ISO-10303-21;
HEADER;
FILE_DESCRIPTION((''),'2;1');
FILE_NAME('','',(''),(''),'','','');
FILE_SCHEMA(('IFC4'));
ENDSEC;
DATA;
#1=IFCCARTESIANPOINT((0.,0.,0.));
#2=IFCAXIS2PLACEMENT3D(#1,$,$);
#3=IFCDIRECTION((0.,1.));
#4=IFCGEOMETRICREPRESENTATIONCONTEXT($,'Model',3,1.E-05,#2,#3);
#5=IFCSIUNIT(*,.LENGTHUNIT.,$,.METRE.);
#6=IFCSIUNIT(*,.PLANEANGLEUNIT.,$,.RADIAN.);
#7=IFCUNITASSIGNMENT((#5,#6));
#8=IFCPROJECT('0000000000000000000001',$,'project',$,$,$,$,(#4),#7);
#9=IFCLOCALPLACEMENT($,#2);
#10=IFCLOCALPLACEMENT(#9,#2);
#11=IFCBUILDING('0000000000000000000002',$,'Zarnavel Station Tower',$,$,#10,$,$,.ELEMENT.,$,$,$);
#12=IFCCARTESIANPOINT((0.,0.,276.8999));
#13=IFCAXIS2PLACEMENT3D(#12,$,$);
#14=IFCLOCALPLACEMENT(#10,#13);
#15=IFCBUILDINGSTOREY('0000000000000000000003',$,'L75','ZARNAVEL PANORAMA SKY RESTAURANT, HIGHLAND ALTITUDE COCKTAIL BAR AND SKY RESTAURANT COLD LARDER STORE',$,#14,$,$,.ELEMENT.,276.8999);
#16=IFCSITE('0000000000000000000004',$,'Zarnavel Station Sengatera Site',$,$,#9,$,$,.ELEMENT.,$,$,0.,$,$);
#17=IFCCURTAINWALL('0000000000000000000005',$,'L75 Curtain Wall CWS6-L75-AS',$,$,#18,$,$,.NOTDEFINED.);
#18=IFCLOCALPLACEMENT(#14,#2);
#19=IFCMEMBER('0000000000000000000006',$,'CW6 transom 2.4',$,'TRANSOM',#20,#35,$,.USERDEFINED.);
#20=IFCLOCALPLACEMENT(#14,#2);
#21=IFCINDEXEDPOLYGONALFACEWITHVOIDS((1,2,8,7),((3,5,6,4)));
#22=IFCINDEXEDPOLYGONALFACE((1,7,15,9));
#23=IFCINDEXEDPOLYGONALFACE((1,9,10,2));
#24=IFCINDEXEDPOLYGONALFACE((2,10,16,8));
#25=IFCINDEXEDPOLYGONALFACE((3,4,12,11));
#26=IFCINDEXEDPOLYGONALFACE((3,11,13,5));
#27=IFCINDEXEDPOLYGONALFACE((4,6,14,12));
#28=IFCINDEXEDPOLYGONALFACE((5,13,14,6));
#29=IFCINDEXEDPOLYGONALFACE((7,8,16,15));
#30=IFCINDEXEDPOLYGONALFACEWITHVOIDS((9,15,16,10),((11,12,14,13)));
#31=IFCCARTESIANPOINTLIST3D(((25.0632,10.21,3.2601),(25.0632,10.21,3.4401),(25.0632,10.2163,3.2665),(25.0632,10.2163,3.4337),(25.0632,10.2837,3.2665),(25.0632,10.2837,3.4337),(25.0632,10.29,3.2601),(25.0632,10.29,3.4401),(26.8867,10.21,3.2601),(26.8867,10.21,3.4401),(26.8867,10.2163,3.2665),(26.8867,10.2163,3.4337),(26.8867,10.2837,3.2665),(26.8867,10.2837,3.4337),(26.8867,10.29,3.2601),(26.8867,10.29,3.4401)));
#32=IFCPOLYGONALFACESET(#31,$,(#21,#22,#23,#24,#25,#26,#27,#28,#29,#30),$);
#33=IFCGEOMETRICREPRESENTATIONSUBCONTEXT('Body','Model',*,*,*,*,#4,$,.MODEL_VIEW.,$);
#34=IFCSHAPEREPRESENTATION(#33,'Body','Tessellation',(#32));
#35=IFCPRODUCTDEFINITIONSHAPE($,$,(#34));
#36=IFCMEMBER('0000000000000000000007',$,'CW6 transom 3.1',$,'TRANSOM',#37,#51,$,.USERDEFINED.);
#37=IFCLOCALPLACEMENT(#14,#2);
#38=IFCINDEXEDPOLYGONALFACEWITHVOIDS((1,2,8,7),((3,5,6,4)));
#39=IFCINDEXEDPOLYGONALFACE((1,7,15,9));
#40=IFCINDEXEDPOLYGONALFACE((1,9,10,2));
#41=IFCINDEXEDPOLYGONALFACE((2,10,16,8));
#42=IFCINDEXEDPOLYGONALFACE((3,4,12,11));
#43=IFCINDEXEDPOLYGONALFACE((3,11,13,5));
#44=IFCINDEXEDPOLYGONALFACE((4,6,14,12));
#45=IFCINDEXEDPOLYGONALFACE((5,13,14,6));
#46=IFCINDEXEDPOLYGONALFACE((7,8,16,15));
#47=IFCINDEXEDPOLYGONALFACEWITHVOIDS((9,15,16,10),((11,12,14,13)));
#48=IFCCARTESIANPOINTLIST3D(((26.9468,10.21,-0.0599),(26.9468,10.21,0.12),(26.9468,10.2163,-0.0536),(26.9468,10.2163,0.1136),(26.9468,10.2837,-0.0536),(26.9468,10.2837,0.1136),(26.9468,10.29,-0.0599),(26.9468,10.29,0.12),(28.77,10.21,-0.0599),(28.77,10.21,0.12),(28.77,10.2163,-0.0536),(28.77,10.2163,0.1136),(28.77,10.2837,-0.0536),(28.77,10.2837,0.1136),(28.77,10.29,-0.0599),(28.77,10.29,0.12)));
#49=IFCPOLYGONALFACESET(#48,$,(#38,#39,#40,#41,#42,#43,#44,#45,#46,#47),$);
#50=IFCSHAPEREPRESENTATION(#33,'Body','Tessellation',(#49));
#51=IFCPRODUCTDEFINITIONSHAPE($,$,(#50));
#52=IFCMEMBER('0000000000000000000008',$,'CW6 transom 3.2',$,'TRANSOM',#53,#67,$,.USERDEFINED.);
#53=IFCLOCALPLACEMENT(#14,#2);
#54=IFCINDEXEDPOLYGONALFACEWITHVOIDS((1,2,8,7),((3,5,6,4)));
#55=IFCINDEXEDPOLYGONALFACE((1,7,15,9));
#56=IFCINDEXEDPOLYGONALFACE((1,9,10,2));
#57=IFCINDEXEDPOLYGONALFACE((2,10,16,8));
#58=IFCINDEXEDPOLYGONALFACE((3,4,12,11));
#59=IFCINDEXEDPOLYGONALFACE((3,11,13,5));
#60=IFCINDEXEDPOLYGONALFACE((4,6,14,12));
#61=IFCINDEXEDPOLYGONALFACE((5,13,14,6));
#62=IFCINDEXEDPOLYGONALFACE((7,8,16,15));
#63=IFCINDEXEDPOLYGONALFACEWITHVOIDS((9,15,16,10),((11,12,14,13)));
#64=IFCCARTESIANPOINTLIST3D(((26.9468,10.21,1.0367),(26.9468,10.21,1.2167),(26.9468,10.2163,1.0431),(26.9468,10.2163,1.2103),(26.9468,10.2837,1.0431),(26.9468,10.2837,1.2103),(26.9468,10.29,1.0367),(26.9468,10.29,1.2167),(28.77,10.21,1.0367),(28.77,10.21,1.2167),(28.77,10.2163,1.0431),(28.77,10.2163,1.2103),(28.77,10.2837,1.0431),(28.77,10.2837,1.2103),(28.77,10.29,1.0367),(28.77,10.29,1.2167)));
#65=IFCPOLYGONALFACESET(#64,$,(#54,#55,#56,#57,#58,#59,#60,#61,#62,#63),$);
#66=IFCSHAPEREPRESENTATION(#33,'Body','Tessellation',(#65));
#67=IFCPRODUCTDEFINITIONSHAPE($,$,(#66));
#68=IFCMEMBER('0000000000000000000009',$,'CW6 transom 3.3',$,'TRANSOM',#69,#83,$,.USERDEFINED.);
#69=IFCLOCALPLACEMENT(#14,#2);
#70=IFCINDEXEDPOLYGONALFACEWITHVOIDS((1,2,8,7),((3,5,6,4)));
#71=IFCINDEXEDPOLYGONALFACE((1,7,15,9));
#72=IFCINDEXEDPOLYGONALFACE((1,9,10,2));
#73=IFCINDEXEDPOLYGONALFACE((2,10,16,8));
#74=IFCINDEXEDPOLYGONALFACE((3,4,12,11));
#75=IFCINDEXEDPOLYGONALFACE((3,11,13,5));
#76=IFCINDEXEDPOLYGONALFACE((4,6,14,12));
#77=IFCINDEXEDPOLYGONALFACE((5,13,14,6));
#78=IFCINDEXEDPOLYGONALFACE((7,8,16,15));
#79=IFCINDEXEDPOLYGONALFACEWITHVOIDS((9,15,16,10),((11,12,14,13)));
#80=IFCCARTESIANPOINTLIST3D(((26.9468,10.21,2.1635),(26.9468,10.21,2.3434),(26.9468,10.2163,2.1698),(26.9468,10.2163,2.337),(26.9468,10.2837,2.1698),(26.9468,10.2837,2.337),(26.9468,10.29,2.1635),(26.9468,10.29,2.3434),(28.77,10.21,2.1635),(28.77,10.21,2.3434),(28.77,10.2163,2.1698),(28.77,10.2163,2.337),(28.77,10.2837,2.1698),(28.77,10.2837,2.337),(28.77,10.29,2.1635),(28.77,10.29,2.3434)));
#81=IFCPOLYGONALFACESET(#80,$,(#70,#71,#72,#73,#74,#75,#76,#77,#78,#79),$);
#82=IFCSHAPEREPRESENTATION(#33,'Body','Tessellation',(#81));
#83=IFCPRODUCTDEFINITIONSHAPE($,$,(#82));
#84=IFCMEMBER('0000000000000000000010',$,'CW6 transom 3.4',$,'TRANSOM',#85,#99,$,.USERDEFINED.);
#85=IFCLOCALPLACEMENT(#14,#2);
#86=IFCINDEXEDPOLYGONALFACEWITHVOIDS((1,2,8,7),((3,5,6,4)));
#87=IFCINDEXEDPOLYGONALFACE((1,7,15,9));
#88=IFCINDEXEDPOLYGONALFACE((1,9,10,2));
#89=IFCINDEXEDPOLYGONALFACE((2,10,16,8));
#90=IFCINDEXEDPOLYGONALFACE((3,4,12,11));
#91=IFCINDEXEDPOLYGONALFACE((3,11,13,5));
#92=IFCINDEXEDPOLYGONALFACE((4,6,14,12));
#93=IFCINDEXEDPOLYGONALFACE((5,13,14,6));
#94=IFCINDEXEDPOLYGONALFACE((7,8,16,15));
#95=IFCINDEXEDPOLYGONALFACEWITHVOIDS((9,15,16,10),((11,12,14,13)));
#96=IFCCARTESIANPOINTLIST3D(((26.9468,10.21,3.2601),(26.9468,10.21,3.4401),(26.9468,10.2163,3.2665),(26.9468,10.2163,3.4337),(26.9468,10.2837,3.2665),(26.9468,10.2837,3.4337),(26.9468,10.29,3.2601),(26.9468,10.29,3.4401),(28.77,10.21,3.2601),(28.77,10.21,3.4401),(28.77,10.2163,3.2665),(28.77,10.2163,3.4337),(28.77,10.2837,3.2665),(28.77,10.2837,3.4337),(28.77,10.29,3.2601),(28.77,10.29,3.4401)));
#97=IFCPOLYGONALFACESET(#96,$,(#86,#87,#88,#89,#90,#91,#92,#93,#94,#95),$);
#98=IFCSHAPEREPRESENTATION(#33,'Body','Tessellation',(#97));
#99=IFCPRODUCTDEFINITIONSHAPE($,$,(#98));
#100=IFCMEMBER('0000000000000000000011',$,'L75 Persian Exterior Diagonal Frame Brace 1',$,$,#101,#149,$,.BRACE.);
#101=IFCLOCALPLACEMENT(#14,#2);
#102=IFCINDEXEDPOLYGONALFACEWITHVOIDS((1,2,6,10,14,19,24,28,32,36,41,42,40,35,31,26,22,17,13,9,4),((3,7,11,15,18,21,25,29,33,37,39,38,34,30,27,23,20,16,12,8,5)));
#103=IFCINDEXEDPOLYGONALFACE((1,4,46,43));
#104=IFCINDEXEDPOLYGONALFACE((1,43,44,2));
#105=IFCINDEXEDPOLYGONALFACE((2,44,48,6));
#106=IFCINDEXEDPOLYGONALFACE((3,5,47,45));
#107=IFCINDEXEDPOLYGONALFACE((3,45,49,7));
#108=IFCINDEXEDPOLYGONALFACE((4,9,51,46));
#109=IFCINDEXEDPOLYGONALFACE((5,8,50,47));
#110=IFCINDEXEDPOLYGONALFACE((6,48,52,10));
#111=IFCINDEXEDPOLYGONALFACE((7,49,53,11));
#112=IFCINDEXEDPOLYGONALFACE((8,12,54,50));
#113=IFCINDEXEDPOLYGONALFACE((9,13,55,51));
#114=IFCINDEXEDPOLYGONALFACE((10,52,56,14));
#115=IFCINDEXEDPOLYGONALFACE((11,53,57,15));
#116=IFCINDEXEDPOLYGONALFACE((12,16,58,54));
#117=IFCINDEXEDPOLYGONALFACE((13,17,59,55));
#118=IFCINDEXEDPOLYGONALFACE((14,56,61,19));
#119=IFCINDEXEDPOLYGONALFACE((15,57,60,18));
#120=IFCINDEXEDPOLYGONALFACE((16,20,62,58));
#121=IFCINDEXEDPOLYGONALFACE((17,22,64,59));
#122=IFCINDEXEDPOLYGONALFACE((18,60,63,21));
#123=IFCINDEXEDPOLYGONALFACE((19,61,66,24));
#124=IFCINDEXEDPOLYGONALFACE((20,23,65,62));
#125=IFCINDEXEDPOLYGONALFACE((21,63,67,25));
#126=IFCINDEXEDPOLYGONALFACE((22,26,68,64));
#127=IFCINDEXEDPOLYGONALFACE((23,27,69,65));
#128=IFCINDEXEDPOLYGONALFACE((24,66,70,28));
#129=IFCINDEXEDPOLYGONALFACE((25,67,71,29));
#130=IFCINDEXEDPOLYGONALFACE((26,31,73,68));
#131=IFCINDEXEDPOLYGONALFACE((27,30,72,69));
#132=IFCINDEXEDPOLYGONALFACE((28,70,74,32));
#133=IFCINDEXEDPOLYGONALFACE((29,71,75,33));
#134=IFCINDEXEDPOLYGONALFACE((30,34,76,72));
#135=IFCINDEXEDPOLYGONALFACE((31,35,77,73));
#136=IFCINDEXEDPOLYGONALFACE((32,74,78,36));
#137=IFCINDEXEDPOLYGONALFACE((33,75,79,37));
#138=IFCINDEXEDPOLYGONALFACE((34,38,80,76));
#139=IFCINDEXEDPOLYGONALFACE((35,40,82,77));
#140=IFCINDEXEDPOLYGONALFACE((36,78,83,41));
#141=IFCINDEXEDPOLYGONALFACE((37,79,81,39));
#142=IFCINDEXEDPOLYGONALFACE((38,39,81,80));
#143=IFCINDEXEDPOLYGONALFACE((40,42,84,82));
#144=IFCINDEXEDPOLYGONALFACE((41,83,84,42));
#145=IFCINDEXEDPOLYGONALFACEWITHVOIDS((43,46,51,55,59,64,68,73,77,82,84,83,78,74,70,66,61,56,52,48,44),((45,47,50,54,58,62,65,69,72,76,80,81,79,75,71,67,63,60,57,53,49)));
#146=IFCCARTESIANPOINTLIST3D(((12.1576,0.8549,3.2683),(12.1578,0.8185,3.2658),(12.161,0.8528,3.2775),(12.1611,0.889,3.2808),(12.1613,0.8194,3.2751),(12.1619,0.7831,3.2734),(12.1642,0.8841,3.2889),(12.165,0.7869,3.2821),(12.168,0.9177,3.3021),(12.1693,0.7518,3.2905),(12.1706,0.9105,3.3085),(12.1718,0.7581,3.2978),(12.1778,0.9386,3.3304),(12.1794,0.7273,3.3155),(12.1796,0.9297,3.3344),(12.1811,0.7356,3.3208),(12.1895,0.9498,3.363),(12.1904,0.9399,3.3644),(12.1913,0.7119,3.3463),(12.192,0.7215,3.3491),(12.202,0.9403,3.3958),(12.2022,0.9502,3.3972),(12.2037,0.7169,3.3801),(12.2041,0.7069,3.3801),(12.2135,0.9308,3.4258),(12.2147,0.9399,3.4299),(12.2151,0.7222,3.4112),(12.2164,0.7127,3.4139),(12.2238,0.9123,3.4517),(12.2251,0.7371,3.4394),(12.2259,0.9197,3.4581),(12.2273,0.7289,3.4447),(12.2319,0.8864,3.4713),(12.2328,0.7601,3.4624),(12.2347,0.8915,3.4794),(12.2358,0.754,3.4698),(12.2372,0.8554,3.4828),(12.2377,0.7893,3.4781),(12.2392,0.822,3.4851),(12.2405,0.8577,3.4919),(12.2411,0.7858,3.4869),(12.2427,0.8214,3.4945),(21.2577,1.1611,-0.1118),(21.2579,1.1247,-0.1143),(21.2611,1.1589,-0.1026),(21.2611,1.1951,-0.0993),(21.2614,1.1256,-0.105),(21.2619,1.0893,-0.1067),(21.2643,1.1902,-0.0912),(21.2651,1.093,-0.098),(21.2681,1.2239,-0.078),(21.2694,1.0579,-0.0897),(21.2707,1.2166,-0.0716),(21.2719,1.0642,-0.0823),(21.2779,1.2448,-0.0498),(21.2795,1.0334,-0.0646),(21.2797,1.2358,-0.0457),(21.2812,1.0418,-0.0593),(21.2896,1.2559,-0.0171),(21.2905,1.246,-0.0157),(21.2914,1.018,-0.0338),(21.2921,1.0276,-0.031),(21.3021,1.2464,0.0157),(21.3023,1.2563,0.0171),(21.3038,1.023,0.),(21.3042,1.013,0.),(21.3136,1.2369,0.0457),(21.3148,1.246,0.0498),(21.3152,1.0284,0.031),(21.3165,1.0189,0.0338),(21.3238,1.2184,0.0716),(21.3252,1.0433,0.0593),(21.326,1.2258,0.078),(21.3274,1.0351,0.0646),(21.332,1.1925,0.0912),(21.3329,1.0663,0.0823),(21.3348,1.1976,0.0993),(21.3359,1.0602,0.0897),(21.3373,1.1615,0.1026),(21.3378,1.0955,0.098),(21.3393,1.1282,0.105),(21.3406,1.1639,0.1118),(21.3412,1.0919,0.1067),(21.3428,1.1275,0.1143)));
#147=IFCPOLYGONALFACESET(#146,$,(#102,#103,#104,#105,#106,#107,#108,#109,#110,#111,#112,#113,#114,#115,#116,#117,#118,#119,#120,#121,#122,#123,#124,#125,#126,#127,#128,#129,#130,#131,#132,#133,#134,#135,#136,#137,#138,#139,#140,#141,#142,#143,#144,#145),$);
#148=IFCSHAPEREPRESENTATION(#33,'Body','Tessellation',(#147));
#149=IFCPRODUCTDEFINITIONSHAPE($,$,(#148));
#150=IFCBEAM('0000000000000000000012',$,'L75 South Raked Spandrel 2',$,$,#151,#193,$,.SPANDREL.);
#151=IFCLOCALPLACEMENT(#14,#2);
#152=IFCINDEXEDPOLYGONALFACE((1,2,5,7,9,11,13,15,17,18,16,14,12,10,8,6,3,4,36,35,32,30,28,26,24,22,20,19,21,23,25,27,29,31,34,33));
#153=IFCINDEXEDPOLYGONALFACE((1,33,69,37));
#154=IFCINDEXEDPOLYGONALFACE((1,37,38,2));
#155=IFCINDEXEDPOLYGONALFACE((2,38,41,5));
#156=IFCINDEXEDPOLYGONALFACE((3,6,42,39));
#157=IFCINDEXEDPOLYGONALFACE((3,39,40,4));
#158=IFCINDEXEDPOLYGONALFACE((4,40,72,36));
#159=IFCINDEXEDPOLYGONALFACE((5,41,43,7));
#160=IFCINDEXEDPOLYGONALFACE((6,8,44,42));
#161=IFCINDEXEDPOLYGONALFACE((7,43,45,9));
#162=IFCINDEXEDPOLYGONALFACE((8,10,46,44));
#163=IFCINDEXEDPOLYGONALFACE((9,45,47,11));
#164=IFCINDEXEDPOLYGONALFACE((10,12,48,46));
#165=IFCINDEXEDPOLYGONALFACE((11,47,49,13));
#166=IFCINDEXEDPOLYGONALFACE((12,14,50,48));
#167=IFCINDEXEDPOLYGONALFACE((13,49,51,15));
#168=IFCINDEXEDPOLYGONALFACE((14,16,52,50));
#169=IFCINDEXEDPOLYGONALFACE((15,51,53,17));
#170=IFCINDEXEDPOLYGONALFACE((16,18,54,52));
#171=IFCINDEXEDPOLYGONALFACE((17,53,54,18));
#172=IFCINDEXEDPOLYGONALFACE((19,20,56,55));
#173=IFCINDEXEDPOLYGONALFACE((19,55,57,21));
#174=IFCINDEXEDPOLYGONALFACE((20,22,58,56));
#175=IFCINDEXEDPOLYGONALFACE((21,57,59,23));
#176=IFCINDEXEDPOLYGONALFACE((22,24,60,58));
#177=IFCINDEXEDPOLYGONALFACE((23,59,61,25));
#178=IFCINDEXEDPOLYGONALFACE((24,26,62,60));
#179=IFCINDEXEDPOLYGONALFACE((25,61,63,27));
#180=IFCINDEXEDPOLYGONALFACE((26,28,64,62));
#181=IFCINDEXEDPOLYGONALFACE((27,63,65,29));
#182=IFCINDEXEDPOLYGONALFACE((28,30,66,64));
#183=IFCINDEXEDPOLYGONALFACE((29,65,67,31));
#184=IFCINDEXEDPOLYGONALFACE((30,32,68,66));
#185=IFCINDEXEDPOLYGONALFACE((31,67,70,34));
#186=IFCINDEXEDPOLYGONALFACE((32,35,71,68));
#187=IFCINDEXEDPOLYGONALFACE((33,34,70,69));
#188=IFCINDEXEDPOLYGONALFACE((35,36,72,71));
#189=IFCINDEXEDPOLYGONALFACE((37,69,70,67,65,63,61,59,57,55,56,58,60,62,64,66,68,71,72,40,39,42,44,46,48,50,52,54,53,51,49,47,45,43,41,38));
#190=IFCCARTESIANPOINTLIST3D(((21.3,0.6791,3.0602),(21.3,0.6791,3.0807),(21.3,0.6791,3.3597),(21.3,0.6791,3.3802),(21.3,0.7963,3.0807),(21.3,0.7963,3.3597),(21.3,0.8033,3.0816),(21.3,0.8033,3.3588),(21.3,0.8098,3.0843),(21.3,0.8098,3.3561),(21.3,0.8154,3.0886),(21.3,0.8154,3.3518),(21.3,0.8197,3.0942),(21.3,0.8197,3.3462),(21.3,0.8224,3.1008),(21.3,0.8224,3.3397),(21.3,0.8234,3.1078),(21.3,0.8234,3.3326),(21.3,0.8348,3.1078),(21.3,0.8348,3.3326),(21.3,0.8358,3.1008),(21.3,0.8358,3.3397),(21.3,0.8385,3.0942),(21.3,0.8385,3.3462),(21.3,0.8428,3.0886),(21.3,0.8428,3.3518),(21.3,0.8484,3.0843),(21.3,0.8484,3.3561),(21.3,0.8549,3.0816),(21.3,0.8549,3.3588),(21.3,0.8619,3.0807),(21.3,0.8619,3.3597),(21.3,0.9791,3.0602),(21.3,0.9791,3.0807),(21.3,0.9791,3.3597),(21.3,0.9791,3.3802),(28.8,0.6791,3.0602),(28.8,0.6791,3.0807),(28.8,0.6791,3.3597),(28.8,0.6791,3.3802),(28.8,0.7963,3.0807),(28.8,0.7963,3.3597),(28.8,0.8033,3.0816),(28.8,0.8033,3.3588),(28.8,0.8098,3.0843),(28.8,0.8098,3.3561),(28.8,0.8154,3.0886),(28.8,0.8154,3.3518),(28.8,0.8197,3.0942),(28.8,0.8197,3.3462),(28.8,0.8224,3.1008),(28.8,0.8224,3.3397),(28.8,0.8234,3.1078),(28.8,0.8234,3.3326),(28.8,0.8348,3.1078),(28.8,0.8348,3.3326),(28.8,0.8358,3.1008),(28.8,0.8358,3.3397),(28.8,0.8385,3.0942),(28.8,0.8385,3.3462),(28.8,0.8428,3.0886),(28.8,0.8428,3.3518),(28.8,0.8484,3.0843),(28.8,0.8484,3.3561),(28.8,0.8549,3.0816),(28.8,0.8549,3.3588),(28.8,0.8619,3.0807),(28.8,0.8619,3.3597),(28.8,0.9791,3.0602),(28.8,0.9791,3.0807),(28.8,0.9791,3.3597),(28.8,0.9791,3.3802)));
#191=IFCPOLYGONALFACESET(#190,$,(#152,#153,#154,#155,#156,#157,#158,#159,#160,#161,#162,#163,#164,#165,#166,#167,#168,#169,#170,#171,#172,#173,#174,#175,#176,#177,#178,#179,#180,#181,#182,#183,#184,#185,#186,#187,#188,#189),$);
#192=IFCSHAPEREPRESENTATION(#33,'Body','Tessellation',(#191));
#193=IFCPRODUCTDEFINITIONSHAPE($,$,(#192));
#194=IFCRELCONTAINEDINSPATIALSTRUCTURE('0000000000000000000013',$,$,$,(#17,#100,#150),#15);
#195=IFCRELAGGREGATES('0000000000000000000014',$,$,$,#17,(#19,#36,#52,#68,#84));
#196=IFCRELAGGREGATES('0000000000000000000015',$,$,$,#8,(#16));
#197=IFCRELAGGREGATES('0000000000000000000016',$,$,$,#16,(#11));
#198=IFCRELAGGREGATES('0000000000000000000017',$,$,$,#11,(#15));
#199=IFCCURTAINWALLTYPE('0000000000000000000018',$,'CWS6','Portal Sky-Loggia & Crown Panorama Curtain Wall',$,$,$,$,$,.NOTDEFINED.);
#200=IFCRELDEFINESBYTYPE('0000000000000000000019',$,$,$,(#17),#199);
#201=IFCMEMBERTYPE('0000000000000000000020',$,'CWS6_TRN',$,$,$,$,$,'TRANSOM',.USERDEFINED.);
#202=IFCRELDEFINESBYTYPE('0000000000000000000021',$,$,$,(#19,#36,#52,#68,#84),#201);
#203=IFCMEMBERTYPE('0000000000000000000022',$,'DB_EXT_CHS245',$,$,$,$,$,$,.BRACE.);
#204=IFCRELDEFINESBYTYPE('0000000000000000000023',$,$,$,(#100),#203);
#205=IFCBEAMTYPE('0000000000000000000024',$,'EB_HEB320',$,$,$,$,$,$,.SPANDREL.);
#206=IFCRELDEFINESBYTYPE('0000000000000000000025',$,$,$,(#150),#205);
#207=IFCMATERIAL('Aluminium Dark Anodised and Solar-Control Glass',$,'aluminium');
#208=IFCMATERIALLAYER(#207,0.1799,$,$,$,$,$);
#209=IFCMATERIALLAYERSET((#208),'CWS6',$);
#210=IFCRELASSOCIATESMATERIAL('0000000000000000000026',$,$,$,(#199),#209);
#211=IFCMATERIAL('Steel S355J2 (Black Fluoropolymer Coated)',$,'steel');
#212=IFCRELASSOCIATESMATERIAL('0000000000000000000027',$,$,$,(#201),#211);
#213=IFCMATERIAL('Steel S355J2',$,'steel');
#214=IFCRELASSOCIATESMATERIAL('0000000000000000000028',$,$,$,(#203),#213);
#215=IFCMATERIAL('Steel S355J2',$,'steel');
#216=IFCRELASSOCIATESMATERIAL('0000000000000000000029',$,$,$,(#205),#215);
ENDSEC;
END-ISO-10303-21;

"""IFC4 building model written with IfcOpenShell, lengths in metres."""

from ifc_helpers import new_model, si_unit, direction, frame, origin, origin_2d, place, context, subcontext, project, spatial, hollow_rectangle, hollow_circle, i_section, extrude, material, layer, layer_set, material_profile, profile_set, type_object, element, aggregate, save


model = new_model("IFC4")

# Units and contexts
model_context = context("Model", 3, precision=1e-05, world=origin(), true_north=direction((0.0, 1.0)))
body_context = subcontext(model_context, "Body", "Model", "MODEL_VIEW")
ifc_project = project(units=[si_unit("LENGTHUNIT", "METRE"), si_unit("PLANEANGLEUNIT", "RADIAN")], contexts=[model_context])

# Site, building, storey
site_placement = place(None, origin())
site = spatial("IfcSite", under=ifc_project, at=site_placement, Name="Zarnavel Station Sengatera Site", CompositionType="ELEMENT", RefElevation=0.0)
building_placement = place(site_placement, origin())
building = spatial("IfcBuilding", under=site, at=building_placement, Name="Zarnavel Station Tower", CompositionType="ELEMENT")
storey_placement = place(building_placement, frame((0.0, 0.0, 276.8999)))
storey = spatial("IfcBuildingStorey", under=building, at=storey_placement, Name="L75", Description="ZARNAVEL PANORAMA SKY RESTAURANT, HIGHLAND ALTITUDE COCKTAIL BAR AND SKY RESTAURANT COLD LARDER STORE", CompositionType="ELEMENT", Elevation=276.8999)

# Curtain wall, members
ifc_material_1 = material(Name="Aluminium Dark Anodised and Solar-Control Glass", Category="aluminium")
ifc_layer_1 = layer(ifc_material_1, 0.1799)
ifc_layer_set_1 = layer_set([ifc_layer_1], Name="CWS6")
curtain_wall_type = type_object("IfcCurtainWallType", Name="CWS6", Description="Portal Sky-Loggia & Crown Panorama Curtain Wall", PredefinedType="NOTDEFINED", material=ifc_layer_set_1)
curtain_wall_placement = place(storey_placement, origin())
curtain_wall = element("IfcCurtainWall", 1, at=curtain_wall_placement, inside=storey, type_object=curtain_wall_type, Name="L75 Curtain Wall CWS6-L75-AS", PredefinedType="NOTDEFINED")
ifc_material_2 = material(Name="Steel S355J2 (Black Fluoropolymer Coated)", Category="steel")
ifc_material_profile_1 = material_profile(ifc_material_2, hollow_rectangle(XDim=0.0801, YDim=0.1799, WallThickness=0.0063, at=origin_2d()), Name="RHS180x80x6.3")
ifc_profile_set_1 = profile_set([ifc_material_profile_1], Name="Steel S355J2 (Black Fluoropolymer Coated)")
member_type_1 = type_object("IfcMemberType", Name="CWS6_TRN", ElementType="TRANSOM", PredefinedType="USERDEFINED", material=ifc_profile_set_1)
member_1_placement = place(storey_placement, frame((25.0632, 10.25, 3.3501), z_axis=(1.0, 0.0, 0.0), x_axis=(0.0, 1.0, 0.0)))
member_1 = element("IfcMember", 2, at=member_1_placement, type_object=member_type_1, Name="CW6 transom 2.4", ObjectType="TRANSOM", PredefinedType="USERDEFINED", context=body_context, shape_type="SweptSolid", body=[
    extrude(hollow_rectangle(XDim=0.0801, YDim=0.1799, WallThickness=0.0063, at=origin_2d()), origin(), (0.0, 0.0, 1.0), 1.8235),
])
member_2_placement = place(storey_placement, frame((26.9468, 10.25, 0.03), z_axis=(1.0, 0.0, 0.0), x_axis=(0.0, 1.0, 0.0)))
member_2 = element("IfcMember", 3, at=member_2_placement, type_object=member_type_1, Name="CW6 transom 3.1", ObjectType="TRANSOM", PredefinedType="USERDEFINED", context=body_context, shape_type="SweptSolid", body=[
    extrude(hollow_rectangle(XDim=0.0801, YDim=0.1799, WallThickness=0.0063, at=origin_2d()), origin(), (0.0, 0.0, 1.0), 1.8232),
])
member_3_placement = place(storey_placement, frame((26.9468, 10.25, 1.1267), z_axis=(1.0, 0.0, 0.0), x_axis=(0.0, 1.0, 0.0)))
member_3 = element("IfcMember", 4, at=member_3_placement, type_object=member_type_1, Name="CW6 transom 3.2", ObjectType="TRANSOM", PredefinedType="USERDEFINED", context=body_context, shape_type="SweptSolid", body=[
    extrude(hollow_rectangle(XDim=0.0801, YDim=0.1799, WallThickness=0.0063, at=origin_2d()), origin(), (0.0, 0.0, 1.0), 1.8232),
])
member_4_placement = place(storey_placement, frame((26.9468, 10.25, 2.2534), z_axis=(1.0, 0.0, 0.0), x_axis=(0.0, 1.0, 0.0)))
member_4 = element("IfcMember", 5, at=member_4_placement, type_object=member_type_1, Name="CW6 transom 3.3", ObjectType="TRANSOM", PredefinedType="USERDEFINED", context=body_context, shape_type="SweptSolid", body=[
    extrude(hollow_rectangle(XDim=0.0801, YDim=0.1799, WallThickness=0.0063, at=origin_2d()), origin(), (0.0, 0.0, 1.0), 1.8232),
])
member_5_placement = place(storey_placement, frame((26.9468, 10.25, 3.3501), z_axis=(1.0, 0.0, 0.0), x_axis=(0.0, 1.0, 0.0)))
member_5 = element("IfcMember", 6, at=member_5_placement, type_object=member_type_1, Name="CW6 transom 3.4", ObjectType="TRANSOM", PredefinedType="USERDEFINED", context=body_context, shape_type="SweptSolid", body=[
    extrude(hollow_rectangle(XDim=0.0801, YDim=0.1799, WallThickness=0.0063, at=origin_2d()), origin(), (0.0, 0.0, 1.0), 1.8232),
])

# Member
ifc_material_3 = material(Name="Steel S355J2", Category="steel")
ifc_material_profile_2 = material_profile(ifc_material_3, hollow_circle(Radius=0.1223, WallThickness=0.01, at=origin_2d()), Name="CHS244.5x10")
ifc_profile_set_2 = profile_set([ifc_material_profile_2], Name="Steel S355J2")
member_type_2 = type_object("IfcMemberType", Name="DB_EXT_CHS245", PredefinedType="BRACE", material=ifc_profile_set_2)
member_6_placement = place(storey_placement, frame((21.3, 1.1353, 0.0), z_axis=(-0.936956, -0.031522, 0.348022), x_axis=(0.033624, -0.999435, 0.0)))
element("IfcMember", 7, at=member_6_placement, inside=storey, type_object=member_type_2, Name="L75 Persian Exterior Diagonal Frame Brace 1", PredefinedType="BRACE", context=body_context, shape_type="SweptSolid", body=[
    extrude(hollow_circle(Radius=0.1223, WallThickness=0.01, at=origin_2d()), origin(), (0.0, 0.0, 1.0), 9.7124),
])

# Beam
ifc_material_4 = material(Name="Steel S355J2", Category="steel")
ifc_material_profile_3 = material_profile(ifc_material_4, i_section(OverallWidth=0.3, OverallDepth=0.3201, WebThickness=0.0115, FlangeThickness=0.0205, FilletRadius=0.0271, at=origin_2d()), Name="HEB320")
ifc_profile_set_3 = profile_set([ifc_material_profile_3], Name="Steel S355J2")
beam_type_1 = type_object("IfcBeamType", Name="EB_HEB320", PredefinedType="SPANDREL", material=ifc_profile_set_3)
beam_1_placement = place(storey_placement, frame((21.3, 0.8291, 3.2202), z_axis=(1.0, 0.0, 0.0), x_axis=(0.0, 1.0, 0.0)))
element("IfcBeam", 8, at=beam_1_placement, inside=storey, type_object=beam_type_1, Name="L75 South Raked Spandrel 2", PredefinedType="SPANDREL", context=body_context, shape_type="SweptSolid", body=[
    extrude(i_section(OverallWidth=0.3, OverallDepth=0.3201, WebThickness=0.0115, FlangeThickness=0.0205, FilletRadius=0.0271, at=origin_2d()), origin(), (0.0, 0.0, 1.0), 7.5),
])

aggregate(curtain_wall, [member_1, member_2, member_3, member_4, member_5])

save(model, "model.ifc")
